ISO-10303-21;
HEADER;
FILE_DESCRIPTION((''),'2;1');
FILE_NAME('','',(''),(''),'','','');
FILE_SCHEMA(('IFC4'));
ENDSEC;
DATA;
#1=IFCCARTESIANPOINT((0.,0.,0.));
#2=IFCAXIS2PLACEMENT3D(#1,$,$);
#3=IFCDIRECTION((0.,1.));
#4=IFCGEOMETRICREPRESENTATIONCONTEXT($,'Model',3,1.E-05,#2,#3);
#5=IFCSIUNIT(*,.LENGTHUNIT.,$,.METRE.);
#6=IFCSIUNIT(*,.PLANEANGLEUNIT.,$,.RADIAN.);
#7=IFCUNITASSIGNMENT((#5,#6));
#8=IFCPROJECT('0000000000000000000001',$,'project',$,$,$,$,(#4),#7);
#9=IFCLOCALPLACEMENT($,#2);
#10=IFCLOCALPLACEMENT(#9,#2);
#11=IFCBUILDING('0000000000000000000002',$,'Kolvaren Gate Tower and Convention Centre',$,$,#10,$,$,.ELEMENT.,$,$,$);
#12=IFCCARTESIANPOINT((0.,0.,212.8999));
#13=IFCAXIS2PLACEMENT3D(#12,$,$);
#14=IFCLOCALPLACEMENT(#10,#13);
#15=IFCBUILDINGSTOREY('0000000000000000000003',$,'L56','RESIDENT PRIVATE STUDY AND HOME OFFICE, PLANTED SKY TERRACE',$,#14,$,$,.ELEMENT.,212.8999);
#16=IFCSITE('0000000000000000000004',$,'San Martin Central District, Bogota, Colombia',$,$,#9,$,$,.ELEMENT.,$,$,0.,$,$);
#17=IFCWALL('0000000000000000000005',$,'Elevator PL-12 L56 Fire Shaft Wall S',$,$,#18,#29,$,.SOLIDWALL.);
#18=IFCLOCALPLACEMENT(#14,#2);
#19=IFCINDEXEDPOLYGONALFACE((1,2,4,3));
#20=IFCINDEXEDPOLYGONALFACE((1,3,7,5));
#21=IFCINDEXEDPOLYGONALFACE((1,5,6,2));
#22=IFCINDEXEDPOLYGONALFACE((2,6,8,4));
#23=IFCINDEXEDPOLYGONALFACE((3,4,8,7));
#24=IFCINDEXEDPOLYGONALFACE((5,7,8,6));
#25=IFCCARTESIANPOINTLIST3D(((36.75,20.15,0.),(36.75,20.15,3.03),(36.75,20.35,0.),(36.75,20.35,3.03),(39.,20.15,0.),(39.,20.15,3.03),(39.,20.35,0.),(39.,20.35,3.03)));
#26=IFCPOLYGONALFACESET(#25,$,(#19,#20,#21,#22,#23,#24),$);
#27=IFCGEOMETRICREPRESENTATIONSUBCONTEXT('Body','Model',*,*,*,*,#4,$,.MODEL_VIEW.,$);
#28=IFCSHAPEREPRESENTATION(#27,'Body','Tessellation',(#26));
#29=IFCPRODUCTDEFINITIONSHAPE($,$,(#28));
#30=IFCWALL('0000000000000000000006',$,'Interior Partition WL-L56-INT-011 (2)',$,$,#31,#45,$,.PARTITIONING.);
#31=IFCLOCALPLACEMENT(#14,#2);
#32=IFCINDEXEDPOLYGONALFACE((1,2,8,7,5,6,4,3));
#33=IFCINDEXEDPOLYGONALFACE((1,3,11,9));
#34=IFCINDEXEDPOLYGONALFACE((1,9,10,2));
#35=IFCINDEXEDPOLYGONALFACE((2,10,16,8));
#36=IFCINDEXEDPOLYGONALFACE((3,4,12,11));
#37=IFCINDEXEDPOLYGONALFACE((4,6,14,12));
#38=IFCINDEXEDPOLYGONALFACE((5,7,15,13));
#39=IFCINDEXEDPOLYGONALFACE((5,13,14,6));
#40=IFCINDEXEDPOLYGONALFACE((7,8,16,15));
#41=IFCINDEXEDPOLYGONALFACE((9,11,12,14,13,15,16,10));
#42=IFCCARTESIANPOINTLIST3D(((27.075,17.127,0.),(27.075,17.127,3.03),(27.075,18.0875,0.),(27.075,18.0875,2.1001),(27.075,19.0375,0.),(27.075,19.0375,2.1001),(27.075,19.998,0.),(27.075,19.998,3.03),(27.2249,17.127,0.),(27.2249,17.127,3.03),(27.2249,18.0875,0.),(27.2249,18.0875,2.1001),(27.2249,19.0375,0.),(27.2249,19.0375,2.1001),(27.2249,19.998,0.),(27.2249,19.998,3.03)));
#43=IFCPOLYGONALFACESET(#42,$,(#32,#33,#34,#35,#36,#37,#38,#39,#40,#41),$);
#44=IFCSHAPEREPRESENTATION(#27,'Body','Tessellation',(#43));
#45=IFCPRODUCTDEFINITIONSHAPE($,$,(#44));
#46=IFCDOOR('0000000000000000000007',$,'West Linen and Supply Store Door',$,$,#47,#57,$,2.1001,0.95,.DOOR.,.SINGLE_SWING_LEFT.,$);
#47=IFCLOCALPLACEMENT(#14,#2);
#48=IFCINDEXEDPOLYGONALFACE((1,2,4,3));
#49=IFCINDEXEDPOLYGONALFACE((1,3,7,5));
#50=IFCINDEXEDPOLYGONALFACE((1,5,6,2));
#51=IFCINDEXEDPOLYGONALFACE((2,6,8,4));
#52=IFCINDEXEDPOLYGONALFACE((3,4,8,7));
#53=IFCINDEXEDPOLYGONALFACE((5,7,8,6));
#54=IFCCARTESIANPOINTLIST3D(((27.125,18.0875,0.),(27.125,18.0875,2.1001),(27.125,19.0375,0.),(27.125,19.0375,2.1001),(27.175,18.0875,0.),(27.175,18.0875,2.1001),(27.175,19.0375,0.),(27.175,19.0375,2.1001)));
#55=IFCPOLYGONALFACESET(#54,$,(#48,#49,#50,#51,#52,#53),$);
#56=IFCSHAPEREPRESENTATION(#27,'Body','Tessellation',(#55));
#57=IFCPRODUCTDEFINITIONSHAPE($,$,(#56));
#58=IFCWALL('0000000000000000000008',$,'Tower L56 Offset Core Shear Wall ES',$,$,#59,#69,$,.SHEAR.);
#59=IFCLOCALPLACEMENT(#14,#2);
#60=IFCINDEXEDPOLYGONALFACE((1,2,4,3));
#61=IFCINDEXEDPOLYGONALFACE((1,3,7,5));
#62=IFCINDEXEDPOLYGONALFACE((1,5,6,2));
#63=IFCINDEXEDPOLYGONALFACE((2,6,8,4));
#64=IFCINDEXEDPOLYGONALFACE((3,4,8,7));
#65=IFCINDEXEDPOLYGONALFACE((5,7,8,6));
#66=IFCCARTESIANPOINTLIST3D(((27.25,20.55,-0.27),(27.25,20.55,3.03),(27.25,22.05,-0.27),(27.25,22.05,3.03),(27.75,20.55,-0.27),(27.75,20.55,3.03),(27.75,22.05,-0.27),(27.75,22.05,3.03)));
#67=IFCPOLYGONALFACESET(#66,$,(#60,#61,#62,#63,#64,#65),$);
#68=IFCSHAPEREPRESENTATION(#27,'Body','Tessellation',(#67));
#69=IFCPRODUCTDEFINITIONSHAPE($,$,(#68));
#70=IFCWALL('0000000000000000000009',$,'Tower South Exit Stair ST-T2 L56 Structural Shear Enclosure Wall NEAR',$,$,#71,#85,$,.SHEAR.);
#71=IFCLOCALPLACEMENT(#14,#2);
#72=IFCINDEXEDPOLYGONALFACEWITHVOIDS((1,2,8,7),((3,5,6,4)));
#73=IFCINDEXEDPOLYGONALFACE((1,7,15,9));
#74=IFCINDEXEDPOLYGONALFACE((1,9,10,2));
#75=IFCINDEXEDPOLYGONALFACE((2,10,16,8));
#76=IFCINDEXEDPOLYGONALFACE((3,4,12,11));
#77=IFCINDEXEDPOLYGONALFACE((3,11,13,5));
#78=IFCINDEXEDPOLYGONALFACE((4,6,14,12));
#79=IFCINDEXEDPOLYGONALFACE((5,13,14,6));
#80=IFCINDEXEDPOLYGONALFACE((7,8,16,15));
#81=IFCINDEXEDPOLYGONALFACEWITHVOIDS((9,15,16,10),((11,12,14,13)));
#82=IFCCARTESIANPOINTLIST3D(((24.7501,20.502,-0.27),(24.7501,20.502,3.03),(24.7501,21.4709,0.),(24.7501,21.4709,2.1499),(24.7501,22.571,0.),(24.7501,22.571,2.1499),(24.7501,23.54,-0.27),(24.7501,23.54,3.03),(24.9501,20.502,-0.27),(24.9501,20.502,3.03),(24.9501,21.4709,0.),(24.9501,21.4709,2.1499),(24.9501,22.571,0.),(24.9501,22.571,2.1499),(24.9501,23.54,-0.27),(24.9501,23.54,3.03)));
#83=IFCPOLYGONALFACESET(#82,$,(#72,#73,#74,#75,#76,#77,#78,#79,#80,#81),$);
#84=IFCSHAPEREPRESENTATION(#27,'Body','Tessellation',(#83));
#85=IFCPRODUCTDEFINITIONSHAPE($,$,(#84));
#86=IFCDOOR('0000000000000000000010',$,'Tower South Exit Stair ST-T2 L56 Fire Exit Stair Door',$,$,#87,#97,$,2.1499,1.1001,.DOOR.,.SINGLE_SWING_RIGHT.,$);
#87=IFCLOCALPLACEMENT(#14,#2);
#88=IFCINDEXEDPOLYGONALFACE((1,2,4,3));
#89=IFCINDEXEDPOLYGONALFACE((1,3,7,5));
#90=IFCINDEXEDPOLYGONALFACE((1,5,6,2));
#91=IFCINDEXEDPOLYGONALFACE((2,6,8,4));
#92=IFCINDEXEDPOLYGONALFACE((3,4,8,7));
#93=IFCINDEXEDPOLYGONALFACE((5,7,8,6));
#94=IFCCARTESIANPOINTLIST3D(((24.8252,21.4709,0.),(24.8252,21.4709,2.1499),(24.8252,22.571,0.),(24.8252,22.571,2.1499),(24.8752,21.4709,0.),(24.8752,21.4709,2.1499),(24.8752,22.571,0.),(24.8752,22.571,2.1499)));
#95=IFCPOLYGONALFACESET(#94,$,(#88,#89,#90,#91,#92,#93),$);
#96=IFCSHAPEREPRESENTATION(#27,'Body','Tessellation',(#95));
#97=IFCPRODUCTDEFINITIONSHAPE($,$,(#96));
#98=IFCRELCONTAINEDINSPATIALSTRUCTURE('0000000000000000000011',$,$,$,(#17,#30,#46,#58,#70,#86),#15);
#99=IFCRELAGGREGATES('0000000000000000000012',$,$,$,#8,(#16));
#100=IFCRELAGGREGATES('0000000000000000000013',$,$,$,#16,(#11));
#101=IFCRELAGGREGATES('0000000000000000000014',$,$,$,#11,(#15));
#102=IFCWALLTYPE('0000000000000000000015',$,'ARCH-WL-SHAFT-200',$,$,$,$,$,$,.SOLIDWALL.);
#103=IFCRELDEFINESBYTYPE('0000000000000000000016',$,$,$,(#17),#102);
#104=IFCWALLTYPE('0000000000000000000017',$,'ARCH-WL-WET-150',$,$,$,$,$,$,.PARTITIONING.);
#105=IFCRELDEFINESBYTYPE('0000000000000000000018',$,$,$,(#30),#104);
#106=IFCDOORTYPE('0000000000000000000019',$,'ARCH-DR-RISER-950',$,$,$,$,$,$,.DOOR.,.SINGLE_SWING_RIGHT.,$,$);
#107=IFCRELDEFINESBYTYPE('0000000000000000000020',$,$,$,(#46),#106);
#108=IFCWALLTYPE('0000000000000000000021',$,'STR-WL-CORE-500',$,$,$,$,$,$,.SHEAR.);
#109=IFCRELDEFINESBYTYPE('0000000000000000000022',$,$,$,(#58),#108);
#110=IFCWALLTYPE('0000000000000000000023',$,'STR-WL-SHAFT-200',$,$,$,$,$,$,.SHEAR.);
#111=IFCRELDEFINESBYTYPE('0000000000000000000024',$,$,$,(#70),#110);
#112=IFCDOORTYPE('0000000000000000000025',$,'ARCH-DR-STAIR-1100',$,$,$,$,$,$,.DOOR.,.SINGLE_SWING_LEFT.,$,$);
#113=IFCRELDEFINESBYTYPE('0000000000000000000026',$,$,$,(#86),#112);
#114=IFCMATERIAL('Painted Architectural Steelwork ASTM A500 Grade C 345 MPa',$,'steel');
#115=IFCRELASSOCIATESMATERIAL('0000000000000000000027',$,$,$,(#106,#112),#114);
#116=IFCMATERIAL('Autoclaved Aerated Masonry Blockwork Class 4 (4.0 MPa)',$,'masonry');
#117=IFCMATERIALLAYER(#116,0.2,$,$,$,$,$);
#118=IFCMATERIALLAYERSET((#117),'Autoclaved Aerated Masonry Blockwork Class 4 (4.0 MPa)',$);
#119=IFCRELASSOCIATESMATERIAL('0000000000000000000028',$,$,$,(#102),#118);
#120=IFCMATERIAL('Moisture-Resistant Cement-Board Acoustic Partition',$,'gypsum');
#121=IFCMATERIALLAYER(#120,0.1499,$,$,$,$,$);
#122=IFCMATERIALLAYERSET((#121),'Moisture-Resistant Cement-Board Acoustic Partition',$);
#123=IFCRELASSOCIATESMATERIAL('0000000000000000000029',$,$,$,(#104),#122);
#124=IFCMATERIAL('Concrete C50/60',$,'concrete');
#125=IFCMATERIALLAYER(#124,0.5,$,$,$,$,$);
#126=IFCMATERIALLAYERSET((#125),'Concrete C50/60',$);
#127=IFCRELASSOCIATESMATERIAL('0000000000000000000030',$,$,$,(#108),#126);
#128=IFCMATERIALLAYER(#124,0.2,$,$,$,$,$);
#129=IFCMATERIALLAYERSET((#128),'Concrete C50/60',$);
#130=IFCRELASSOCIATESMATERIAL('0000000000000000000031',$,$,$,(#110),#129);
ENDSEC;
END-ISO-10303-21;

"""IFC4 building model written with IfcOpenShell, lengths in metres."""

from ifc_helpers import new_model, si_unit, direction, frame, frame_2d, origin, place, context, subcontext, project, spatial, rectangle, extrude, material, layer, layer_set, type_object, element, fill, save


model = new_model("IFC4")

# Units and contexts
model_context = context("Model", 3, precision=1e-05, world=origin(), true_north=direction((0.0, 1.0)))
body_context = subcontext(model_context, "Body", "Model", "MODEL_VIEW")
ifc_project = project(units=[si_unit("LENGTHUNIT", "METRE"), si_unit("PLANEANGLEUNIT", "RADIAN")], contexts=[model_context])

# Site, building, storey
site_placement = place(None, origin())
site = spatial("IfcSite", under=ifc_project, at=site_placement, Name="San Martin Central District, Bogota, Colombia", CompositionType="ELEMENT", RefElevation=0.0)
building_placement = place(site_placement, origin())
building = spatial("IfcBuilding", under=site, at=building_placement, Name="Kolvaren Gate Tower and Convention Centre", CompositionType="ELEMENT")
storey_placement = place(building_placement, frame((0.0, 0.0, 212.8999)))
storey = spatial("IfcBuildingStorey", under=building, at=storey_placement, Name="L56", Description="RESIDENT PRIVATE STUDY AND HOME OFFICE, PLANTED SKY TERRACE", CompositionType="ELEMENT", Elevation=212.8999)

# Shared definitions
ifc_material_1 = material(Name="Concrete C50/60", Category="concrete")

# Shared definitions
ifc_material_2 = material(Name="Autoclaved Aerated Masonry Blockwork Class 4 (4.0 MPa)", Category="masonry")
ifc_material_3 = material(Name="Painted Architectural Steelwork ASTM A500 Grade C 345 MPa", Category="steel")
door_type_1 = type_object("IfcDoorType", Name="ARCH-DR-RISER-950", OperationType="SINGLE_SWING_RIGHT", PredefinedType="DOOR", material=ifc_material_3)

# Wall
ifc_layer_1 = layer(ifc_material_2, 0.2)
ifc_layer_set_1 = layer_set([ifc_layer_1], Name="Autoclaved Aerated Masonry Blockwork Class 4 (4.0 MPa)")
wall_type_1 = type_object("IfcWallType", Name="ARCH-WL-SHAFT-200", PredefinedType="SOLIDWALL", material=ifc_layer_set_1)
wall_1_placement = place(storey_placement, frame((36.75, 20.25, 0.0), z_axis=(0.0, 0.0, 1.0), x_axis=(1.0, 0.0, 0.0)))
element("IfcWall", 1, at=wall_1_placement, inside=storey, type_object=wall_type_1, Name="Elevator PL-12 L56 Fire Shaft Wall S", PredefinedType="SOLIDWALL", context=body_context, shape_type="SweptSolid", body=[
    extrude(rectangle(XDim=2.25, YDim=0.2, at=frame_2d((1.125, 0.0))), origin(), (0.0, 0.0, 1.0), 3.03),
])

# Wall, opening, door
ifc_material_4 = material(Name="Moisture-Resistant Cement-Board Acoustic Partition", Category="gypsum")
ifc_layer_2 = layer(ifc_material_4, 0.1499)
ifc_layer_set_2 = layer_set([ifc_layer_2], Name="Moisture-Resistant Cement-Board Acoustic Partition")
wall_type_2 = type_object("IfcWallType", Name="ARCH-WL-WET-150", PredefinedType="PARTITIONING", material=ifc_layer_set_2)
wall_2_placement = place(storey_placement, frame((27.1499, 17.127, 0.0), z_axis=(0.0, 0.0, 1.0), x_axis=(0.0, 1.0, 0.0)))
wall_2 = element("IfcWall", 2, at=wall_2_placement, inside=storey, type_object=wall_type_2, Name="Interior Partition WL-L56-INT-011 (2)", PredefinedType="PARTITIONING", context=body_context, shape_type="SweptSolid", body=[
    extrude(rectangle(XDim=2.8711, YDim=0.1499, at=frame_2d((1.4355, 0.0))), origin(), (0.0, 0.0, 1.0), 3.03),
])
opening_1_placement = place(wall_2_placement, frame((0.9604, 0.0, 0.0)))
opening_1 = element("IfcOpeningElement", 3, at=opening_1_placement, cuts=wall_2, PredefinedType="OPENING", context=body_context, shape_type="SweptSolid", body=[
    extrude(rectangle(XDim=0.95, YDim=2.1001, at=frame_2d((0.4751, 1.05))), frame((0.0, 0.085, 0.0), z_axis=(0.0, -1.0, 0.0), x_axis=(1.0, 0.0, 0.0)), (0.0, 0.0, 1.0), 0.1699),
])
door_1_placement = place(opening_1_placement, origin())
door_1 = element("IfcDoor", 4, at=door_1_placement, inside=storey, type_object=door_type_1, Name="West Linen and Supply Store Door", OperationType="SINGLE_SWING_LEFT", OverallHeight=2.1001, OverallWidth=0.95, PredefinedType="DOOR", context=body_context, shape_type="SweptSolid", body=[
    extrude(rectangle(XDim=0.95, YDim=2.1001, at=frame_2d((0.4751, 1.05))), frame((0.0, 0.0249, 0.0), z_axis=(0.0, -1.0, 0.0), x_axis=(1.0, 0.0, 0.0)), (0.0, 0.0, 1.0), 0.05),
])
fill(opening_1, door_1)

# Wall
ifc_layer_3 = layer(ifc_material_1, 0.5)
ifc_layer_set_3 = layer_set([ifc_layer_3], Name="Concrete C50/60")
wall_type_3 = type_object("IfcWallType", Name="STR-WL-CORE-500", PredefinedType="SHEAR", material=ifc_layer_set_3)
wall_3_placement = place(storey_placement, frame((27.5, 20.55, -0.27), z_axis=(0.0, 0.0, 1.0), x_axis=(0.0, 1.0, 0.0)))
element("IfcWall", 5, at=wall_3_placement, inside=storey, type_object=wall_type_3, Name="Tower L56 Offset Core Shear Wall ES", PredefinedType="SHEAR", context=body_context, shape_type="SweptSolid", body=[
    extrude(rectangle(XDim=1.5, YDim=0.5, at=frame_2d((0.75, 0.0))), origin(), (0.0, 0.0, 1.0), 3.3),
])

# Wall, opening, door
ifc_layer_4 = layer(ifc_material_1, 0.2)
ifc_layer_set_4 = layer_set([ifc_layer_4], Name="Concrete C50/60")
wall_type_4 = type_object("IfcWallType", Name="STR-WL-SHAFT-200", PredefinedType="SHEAR", material=ifc_layer_set_4)
wall_4_placement = place(storey_placement, frame((24.8501, 20.502, -0.27), z_axis=(0.0, 0.0, 1.0), x_axis=(0.0, 1.0, 0.0)))
wall_4 = element("IfcWall", 6, at=wall_4_placement, inside=storey, type_object=wall_type_4, Name="Tower South Exit Stair ST-T2 L56 Structural Shear Enclosure Wall NEAR", PredefinedType="SHEAR", context=body_context, shape_type="SweptSolid", body=[
    extrude(rectangle(XDim=3.0381, YDim=0.2, at=frame_2d((1.519, 0.0))), origin(), (0.0, 0.0, 1.0), 3.3),
])
opening_2_placement = place(wall_4_placement, frame((0.969, 0.0, 0.27)))
opening_2 = element("IfcOpeningElement", 7, at=opening_2_placement, cuts=wall_4, PredefinedType="OPENING", context=body_context, shape_type="SweptSolid", body=[
    extrude(rectangle(XDim=1.1001, YDim=2.1499, at=frame_2d((0.55, 1.075))), frame((0.0, 0.1099, 0.0), z_axis=(0.0, -1.0, 0.0), x_axis=(1.0, 0.0, 0.0)), (0.0, 0.0, 1.0), 0.22),
])
door_type_2 = type_object("IfcDoorType", Name="ARCH-DR-STAIR-1100", OperationType="SINGLE_SWING_LEFT", PredefinedType="DOOR", material=ifc_material_3)
door_2_placement = place(opening_2_placement, origin())
door_2 = element("IfcDoor", 8, at=door_2_placement, inside=storey, type_object=door_type_2, Name="Tower South Exit Stair ST-T2 L56 Fire Exit Stair Door", OperationType="SINGLE_SWING_RIGHT", OverallHeight=2.1499, OverallWidth=1.1001, PredefinedType="DOOR", context=body_context, shape_type="SweptSolid", body=[
    extrude(rectangle(XDim=1.1001, YDim=2.1499, at=frame_2d((0.55, 1.075))), frame((0.0, 0.0249, 0.0), z_axis=(0.0, -1.0, 0.0), x_axis=(1.0, 0.0, 0.0)), (0.0, 0.0, 1.0), 0.05),
])
fill(opening_2, door_2)

save(model, "model.ifc")
